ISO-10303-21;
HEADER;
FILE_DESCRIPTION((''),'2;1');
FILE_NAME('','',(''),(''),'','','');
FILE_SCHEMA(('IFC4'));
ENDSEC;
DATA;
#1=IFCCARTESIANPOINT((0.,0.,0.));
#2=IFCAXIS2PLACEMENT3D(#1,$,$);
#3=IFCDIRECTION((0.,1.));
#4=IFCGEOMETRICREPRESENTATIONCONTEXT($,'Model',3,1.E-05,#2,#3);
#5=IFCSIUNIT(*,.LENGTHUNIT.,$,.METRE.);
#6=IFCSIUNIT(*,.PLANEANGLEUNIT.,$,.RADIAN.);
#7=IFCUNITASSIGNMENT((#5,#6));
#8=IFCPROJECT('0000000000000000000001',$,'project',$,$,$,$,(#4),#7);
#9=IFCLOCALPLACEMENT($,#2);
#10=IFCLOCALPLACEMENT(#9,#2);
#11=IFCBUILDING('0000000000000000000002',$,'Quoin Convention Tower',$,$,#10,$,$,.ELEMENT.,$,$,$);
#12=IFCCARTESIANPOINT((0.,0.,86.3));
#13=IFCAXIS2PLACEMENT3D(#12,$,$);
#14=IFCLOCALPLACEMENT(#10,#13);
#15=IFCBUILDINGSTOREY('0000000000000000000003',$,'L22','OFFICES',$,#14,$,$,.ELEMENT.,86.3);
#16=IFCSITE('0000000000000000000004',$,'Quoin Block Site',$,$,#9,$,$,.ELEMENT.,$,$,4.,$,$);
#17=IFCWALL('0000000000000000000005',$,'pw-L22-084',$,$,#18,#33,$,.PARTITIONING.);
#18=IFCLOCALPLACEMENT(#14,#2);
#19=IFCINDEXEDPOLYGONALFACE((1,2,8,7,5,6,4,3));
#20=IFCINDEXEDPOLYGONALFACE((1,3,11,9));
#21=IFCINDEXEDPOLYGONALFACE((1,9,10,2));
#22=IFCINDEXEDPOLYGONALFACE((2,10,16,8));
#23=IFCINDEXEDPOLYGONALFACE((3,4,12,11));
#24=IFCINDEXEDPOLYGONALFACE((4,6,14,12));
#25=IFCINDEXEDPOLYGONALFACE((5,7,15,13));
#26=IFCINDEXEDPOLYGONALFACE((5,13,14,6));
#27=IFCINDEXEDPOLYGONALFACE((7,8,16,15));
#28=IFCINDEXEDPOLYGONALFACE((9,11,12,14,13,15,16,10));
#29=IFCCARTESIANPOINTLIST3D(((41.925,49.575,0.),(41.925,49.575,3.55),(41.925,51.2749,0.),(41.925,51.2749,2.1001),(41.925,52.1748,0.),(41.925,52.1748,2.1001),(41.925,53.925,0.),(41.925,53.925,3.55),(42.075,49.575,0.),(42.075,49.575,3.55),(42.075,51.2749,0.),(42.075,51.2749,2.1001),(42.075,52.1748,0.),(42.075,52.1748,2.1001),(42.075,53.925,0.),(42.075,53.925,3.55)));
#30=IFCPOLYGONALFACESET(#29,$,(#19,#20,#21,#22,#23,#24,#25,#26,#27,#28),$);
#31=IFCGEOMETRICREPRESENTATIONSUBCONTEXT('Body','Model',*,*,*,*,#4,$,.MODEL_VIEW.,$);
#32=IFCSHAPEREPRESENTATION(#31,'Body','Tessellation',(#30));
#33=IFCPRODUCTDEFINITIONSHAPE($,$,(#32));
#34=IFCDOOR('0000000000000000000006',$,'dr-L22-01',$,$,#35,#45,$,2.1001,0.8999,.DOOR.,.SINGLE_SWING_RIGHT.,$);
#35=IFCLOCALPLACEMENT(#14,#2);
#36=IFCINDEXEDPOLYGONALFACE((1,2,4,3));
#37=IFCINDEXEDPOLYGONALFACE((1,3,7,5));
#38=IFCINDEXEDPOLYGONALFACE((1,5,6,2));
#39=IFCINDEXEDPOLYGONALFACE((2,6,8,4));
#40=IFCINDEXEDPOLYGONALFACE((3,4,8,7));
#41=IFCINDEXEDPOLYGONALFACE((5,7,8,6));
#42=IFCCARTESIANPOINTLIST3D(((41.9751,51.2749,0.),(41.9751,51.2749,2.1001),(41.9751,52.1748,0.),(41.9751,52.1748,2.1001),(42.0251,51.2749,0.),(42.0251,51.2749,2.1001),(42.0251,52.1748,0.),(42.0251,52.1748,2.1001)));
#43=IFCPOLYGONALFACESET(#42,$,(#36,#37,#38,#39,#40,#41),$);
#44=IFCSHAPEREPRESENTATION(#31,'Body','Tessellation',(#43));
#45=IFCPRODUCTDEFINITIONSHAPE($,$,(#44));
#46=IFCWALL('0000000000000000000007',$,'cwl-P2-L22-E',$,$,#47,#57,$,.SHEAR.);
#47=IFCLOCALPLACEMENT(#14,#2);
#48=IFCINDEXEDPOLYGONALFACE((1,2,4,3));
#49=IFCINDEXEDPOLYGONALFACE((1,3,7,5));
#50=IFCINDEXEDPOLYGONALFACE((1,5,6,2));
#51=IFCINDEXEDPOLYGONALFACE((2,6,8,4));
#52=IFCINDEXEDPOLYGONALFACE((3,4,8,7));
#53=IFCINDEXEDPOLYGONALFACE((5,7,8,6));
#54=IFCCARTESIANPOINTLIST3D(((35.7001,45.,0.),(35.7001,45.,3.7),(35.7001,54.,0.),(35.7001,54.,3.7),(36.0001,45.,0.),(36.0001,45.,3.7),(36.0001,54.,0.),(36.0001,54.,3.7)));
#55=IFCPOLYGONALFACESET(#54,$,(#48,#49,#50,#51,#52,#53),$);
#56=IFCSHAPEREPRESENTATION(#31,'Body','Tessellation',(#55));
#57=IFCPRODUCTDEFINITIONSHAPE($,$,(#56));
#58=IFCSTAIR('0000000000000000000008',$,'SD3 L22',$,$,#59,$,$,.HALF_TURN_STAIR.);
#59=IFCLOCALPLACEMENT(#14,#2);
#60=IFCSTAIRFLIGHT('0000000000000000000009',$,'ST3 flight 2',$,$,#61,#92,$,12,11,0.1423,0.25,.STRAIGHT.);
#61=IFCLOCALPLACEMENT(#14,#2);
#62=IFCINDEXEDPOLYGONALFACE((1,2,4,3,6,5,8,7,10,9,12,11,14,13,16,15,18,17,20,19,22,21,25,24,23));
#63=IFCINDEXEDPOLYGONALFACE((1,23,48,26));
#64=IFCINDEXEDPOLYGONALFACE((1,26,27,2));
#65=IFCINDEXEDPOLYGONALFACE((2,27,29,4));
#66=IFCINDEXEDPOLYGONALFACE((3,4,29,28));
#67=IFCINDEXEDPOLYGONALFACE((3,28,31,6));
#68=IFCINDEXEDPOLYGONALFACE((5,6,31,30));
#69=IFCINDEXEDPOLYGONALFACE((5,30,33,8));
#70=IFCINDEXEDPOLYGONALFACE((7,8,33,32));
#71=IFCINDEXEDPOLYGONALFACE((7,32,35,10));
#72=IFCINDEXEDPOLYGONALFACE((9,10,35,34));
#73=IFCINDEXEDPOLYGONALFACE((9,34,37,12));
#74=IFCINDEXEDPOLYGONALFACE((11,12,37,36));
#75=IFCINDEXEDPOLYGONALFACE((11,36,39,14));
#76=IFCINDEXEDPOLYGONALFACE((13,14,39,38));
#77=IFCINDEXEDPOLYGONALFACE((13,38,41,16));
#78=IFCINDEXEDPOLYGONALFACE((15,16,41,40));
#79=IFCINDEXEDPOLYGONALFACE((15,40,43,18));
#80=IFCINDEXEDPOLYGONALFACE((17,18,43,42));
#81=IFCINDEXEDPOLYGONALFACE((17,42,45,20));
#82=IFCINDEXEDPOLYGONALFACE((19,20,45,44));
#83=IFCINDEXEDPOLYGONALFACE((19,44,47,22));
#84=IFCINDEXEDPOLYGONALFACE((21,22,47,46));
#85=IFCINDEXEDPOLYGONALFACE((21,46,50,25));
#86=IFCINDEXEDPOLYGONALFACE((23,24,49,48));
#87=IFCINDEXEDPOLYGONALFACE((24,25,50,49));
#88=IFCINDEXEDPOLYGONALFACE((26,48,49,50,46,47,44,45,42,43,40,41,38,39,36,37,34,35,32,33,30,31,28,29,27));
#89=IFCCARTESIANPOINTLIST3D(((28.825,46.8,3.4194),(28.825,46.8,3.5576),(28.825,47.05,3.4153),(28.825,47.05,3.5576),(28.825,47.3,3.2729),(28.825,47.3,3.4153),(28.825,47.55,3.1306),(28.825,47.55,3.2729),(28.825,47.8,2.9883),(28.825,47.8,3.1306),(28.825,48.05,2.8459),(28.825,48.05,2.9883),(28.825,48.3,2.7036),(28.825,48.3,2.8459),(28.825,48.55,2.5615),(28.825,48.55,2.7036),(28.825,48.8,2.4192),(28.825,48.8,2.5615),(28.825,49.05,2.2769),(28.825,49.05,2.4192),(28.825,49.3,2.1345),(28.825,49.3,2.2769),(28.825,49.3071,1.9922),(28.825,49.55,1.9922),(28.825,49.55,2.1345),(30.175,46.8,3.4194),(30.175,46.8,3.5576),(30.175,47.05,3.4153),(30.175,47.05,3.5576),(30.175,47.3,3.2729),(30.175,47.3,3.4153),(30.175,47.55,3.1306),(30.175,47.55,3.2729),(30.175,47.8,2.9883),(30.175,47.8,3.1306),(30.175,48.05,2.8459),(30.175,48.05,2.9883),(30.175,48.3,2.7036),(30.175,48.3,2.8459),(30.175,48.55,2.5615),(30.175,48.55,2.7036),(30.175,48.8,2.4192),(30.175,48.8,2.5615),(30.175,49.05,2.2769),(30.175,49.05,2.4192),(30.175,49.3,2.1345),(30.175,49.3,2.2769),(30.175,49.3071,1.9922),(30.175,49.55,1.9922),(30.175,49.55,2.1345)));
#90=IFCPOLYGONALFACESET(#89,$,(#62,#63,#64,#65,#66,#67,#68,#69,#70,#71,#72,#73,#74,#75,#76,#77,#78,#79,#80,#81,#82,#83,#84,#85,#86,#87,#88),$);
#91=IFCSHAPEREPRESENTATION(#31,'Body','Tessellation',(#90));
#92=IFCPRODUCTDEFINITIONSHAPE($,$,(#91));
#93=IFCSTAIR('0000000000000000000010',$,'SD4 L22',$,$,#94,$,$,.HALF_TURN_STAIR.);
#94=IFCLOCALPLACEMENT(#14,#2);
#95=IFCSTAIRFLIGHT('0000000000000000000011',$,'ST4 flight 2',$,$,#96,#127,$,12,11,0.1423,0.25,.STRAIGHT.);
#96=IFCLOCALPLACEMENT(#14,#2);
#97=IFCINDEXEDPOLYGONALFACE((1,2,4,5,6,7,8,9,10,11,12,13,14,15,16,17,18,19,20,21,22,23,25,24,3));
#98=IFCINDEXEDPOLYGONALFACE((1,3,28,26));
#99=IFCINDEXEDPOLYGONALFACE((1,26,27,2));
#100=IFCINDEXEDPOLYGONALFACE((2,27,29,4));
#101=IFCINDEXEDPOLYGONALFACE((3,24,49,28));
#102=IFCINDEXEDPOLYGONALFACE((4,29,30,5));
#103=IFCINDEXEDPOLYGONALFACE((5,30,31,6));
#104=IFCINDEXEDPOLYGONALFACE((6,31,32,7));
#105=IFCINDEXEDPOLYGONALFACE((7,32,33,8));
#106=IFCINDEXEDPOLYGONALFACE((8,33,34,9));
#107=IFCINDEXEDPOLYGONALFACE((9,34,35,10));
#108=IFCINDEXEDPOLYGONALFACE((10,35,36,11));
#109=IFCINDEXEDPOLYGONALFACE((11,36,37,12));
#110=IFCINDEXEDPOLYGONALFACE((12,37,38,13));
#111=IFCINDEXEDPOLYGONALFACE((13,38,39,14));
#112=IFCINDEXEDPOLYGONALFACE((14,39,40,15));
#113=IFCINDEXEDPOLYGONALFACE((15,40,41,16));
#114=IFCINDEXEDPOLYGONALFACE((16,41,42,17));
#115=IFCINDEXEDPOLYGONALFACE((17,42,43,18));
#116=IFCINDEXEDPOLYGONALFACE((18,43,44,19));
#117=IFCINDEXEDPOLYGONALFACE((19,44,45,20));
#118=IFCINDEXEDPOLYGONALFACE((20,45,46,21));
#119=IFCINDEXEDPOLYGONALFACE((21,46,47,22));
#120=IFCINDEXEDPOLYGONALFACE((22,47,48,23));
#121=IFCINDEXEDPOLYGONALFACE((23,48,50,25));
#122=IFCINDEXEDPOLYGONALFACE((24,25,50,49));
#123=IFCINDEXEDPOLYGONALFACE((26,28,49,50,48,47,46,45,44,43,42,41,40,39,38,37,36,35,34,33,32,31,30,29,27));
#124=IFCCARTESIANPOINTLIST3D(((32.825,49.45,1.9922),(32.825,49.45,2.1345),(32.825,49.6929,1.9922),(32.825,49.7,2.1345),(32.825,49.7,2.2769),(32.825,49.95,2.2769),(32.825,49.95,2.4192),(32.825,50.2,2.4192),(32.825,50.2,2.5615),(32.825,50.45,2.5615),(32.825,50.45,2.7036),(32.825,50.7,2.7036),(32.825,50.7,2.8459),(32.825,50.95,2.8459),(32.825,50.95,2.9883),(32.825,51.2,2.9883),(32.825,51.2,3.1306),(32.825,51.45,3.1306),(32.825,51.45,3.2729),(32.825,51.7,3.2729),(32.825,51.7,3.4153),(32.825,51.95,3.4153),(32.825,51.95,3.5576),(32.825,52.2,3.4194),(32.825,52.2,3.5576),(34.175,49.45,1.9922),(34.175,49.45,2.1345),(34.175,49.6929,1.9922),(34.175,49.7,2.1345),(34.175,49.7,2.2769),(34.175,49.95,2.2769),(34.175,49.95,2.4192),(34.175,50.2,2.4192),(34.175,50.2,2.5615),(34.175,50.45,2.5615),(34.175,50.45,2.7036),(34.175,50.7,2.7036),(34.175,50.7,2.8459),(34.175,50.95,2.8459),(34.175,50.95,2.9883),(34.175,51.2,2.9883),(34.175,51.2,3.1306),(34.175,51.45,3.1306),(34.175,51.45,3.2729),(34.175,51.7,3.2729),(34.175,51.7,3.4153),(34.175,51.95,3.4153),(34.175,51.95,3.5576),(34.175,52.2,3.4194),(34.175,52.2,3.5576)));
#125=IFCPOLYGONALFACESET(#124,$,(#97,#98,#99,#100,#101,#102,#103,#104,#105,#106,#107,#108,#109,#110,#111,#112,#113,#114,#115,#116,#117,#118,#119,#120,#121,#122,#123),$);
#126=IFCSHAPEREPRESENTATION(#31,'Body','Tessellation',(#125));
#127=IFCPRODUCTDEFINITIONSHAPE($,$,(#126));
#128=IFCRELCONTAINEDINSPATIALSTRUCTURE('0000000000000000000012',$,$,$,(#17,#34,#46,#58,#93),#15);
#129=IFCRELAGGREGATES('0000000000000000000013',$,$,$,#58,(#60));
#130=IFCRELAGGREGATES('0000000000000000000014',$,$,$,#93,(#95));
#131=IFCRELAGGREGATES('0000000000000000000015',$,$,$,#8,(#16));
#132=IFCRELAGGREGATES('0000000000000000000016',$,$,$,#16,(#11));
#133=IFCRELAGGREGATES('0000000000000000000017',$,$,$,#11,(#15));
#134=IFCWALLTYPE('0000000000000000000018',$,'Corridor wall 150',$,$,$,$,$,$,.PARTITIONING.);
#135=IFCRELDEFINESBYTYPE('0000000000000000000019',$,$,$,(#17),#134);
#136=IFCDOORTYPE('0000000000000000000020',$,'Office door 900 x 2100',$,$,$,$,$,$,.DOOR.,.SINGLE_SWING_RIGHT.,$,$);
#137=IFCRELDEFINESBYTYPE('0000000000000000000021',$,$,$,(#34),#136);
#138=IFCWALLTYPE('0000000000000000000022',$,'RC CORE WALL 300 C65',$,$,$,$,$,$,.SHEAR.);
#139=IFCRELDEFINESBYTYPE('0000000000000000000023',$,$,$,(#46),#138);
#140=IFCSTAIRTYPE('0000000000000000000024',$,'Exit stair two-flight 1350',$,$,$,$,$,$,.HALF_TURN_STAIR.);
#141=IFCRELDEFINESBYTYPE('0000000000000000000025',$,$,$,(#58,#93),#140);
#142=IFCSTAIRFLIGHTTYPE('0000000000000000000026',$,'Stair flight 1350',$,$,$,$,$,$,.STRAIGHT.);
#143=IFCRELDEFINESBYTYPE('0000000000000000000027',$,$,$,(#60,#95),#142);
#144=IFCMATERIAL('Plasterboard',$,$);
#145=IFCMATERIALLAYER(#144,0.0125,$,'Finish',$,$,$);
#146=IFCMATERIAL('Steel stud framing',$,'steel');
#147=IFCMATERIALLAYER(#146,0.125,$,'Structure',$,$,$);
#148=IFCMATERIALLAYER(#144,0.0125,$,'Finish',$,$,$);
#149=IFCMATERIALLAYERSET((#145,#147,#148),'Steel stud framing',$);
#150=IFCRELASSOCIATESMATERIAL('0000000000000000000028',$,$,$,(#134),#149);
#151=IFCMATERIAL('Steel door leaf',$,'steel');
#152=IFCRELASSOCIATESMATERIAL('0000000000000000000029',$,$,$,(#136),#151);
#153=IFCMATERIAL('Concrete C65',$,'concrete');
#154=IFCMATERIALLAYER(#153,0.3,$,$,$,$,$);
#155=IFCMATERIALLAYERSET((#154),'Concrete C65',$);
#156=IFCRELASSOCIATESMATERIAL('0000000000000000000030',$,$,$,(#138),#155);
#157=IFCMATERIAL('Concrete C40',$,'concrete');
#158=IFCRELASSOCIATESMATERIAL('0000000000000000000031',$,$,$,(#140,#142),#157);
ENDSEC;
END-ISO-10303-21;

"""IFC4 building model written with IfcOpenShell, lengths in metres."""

from ifc_helpers import new_model, si_unit, direction, frame, frame_2d, origin, place, context, subcontext, project, spatial, polyline, rectangle, outline, extrude, material, layer, layer_set, type_object, element, fill, aggregate, save


model = new_model("IFC4")

# Units and contexts
model_context = context("Model", 3, precision=1e-05, world=origin(), true_north=direction((0.0, 1.0)))
body_context = subcontext(model_context, "Body", "Model", "MODEL_VIEW")
ifc_project = project(units=[si_unit("LENGTHUNIT", "METRE"), si_unit("PLANEANGLEUNIT", "RADIAN")], contexts=[model_context])

# Site, building, storey
site_placement = place(None, origin())
site = spatial("IfcSite", under=ifc_project, at=site_placement, Name="Quoin Block Site", CompositionType="ELEMENT", RefElevation=4.0)
building_placement = place(site_placement, origin())
building = spatial("IfcBuilding", under=site, at=building_placement, Name="Quoin Convention Tower", CompositionType="ELEMENT")
storey_placement = place(building_placement, frame((0.0, 0.0, 86.3)))
storey = spatial("IfcBuildingStorey", under=building, at=storey_placement, Name="L22", Description="OFFICES", CompositionType="ELEMENT", Elevation=86.3)

# Shared definitions
ifc_material_1 = material(Name="Concrete C65", Category="concrete")

# Shared definitions
ifc_material_2 = material(Name="Plasterboard")
ifc_layer_1 = layer(ifc_material_2, 0.0125, Name="Finish")
ifc_material_3 = material(Name="Steel stud framing", Category="steel")
ifc_layer_2 = layer(ifc_material_3, 0.125, Name="Structure")
ifc_layer_3 = layer(ifc_material_2, 0.0125, Name="Finish")
ifc_layer_set_1 = layer_set([ifc_layer_1, ifc_layer_2, ifc_layer_3], Name="Steel stud framing")
wall_type_1 = type_object("IfcWallType", Name="Corridor wall 150", PredefinedType="PARTITIONING", material=ifc_layer_set_1)

# Wall, opening, door
ifc_material_4 = material(Name="Steel door leaf", Category="steel")
door_type = type_object("IfcDoorType", Name="Office door 900 x 2100", OperationType="SINGLE_SWING_RIGHT", PredefinedType="DOOR", material=ifc_material_4)
wall_1_placement = place(storey_placement, frame((42.0, 49.575, 0.0), z_axis=(0.0, 0.0, 1.0), x_axis=(0.0, 1.0, 0.0)))
wall_1 = element("IfcWall", 1, at=wall_1_placement, inside=storey, type_object=wall_type_1, Name="pw-L22-084", PredefinedType="PARTITIONING", context=body_context, shape_type="SweptSolid", body=[
    extrude(rectangle(XDim=4.3501, YDim=0.1499, at=frame_2d((2.175, 0.0))), origin(), (0.0, 0.0, 1.0), 3.55),
])
opening_1_placement = place(wall_1_placement, frame((1.7, 0.0, 0.0)))
opening_1 = element("IfcOpeningElement", 2, at=opening_1_placement, cuts=wall_1, PredefinedType="OPENING", context=body_context, shape_type="SweptSolid", body=[
    extrude(rectangle(XDim=0.8999, YDim=2.1001, at=frame_2d((0.45, 1.05))), frame((0.0, 0.085, 0.0), z_axis=(0.0, -1.0, 0.0), x_axis=(1.0, 0.0, 0.0)), (0.0, 0.0, 1.0), 0.1699),
])
door_1_placement = place(opening_1_placement, origin())
door_1 = element("IfcDoor", 3, at=door_1_placement, inside=storey, type_object=door_type, Name="dr-L22-01", OperationType="SINGLE_SWING_RIGHT", OverallHeight=2.1001, OverallWidth=0.8999, PredefinedType="DOOR", context=body_context, shape_type="SweptSolid", body=[
    extrude(rectangle(XDim=0.8999, YDim=2.1001, at=frame_2d((0.45, 1.05))), frame((0.0, 0.0249, 0.0), z_axis=(0.0, -1.0, 0.0), x_axis=(1.0, 0.0, 0.0)), (0.0, 0.0, 1.0), 0.05),
])
fill(opening_1, door_1)

# Wall
ifc_layer_4 = layer(ifc_material_1, 0.3)
ifc_layer_set_2 = layer_set([ifc_layer_4], Name="Concrete C65")
wall_type_2 = type_object("IfcWallType", Name="RC CORE WALL 300 C65", PredefinedType="SHEAR", material=ifc_layer_set_2)
wall_2_placement = place(storey_placement, frame((35.8501, 45.0, 0.0), z_axis=(0.0, 0.0, 1.0), x_axis=(0.0, 1.0, 0.0)))
element("IfcWall", 4, at=wall_2_placement, inside=storey, type_object=wall_type_2, Name="cwl-P2-L22-E", PredefinedType="SHEAR", context=body_context, shape_type="SweptSolid", body=[
    extrude(rectangle(XDim=9.0, YDim=0.3, at=frame_2d((4.5, 0.0))), origin(), (0.0, 0.0, 1.0), 3.7),
])

# Stairs, stair flights
ifc_material_5 = material(Name="Concrete C40", Category="concrete")
stair_type = type_object("IfcStairType", Name="Exit stair two-flight 1350", PredefinedType="HALF_TURN_STAIR", material=ifc_material_5)
stair_1_placement = place(storey_placement, origin())
stair_1 = element("IfcStair", 5, at=stair_1_placement, inside=storey, type_object=stair_type, Name="SD3 L22", PredefinedType="HALF_TURN_STAIR")
stair_flight_type = type_object("IfcStairFlightType", Name="Stair flight 1350", PredefinedType="STRAIGHT", material=ifc_material_5)
stair_flight_1_placement = place(storey_placement, frame((29.5, 49.55, 1.9922), z_axis=(0.0, 0.0, 1.0), x_axis=(0.0, -1.0, 0.0)))
stair_flight_1 = element("IfcStairFlight", 6, at=stair_flight_1_placement, type_object=stair_flight_type, Name="ST3 flight 2", NumberOfRisers=12, NumberOfTreads=11, PredefinedType="STRAIGHT", RiserHeight=0.1423, TreadLength=0.25, context=body_context, shape_type="SweptSolid", body=[
    extrude(outline(polyline([(0.0, 0.0), (0.0, 0.1423), (0.25, 0.1423), (0.25, 0.2847), (0.5, 0.2847), (0.5, 0.427), (0.75, 0.427), (0.75, 0.5693), (1.0, 0.5693), (1.0, 0.7114), (1.25, 0.7114), (1.25, 0.8538), (1.5, 0.8538), (1.5, 0.9961), (1.75, 0.9961), (1.75, 1.1384), (2.0, 1.1384), (2.0, 1.2808), (2.25, 1.2808), (2.25, 1.4231), (2.5, 1.4231), (2.5, 1.5654), (2.75, 1.5654), (2.75, 1.7078), (2.75, 1.4272), (0.2429, 0.0), (0.0, 0.0)])), frame((0.0, 0.675, 0.0), z_axis=(0.0, -1.0, 0.0), x_axis=(1.0, 0.0, 0.0)), (0.0, 0.0, 1.0), 1.3501),
])
aggregate(stair_1, [stair_flight_1])
stair_2_placement = place(storey_placement, origin())
stair_2 = element("IfcStair", 7, at=stair_2_placement, inside=storey, type_object=stair_type, Name="SD4 L22", PredefinedType="HALF_TURN_STAIR")
stair_flight_2_placement = place(storey_placement, frame((33.5, 49.45, 1.9922), z_axis=(0.0, 0.0, 1.0), x_axis=(0.0, 1.0, 0.0)))
stair_flight_2 = element("IfcStairFlight", 8, at=stair_flight_2_placement, type_object=stair_flight_type, Name="ST4 flight 2", NumberOfRisers=12, NumberOfTreads=11, PredefinedType="STRAIGHT", RiserHeight=0.1423, TreadLength=0.25, context=body_context, shape_type="SweptSolid", body=[
    extrude(outline(polyline([(0.0, 0.0), (0.0, 0.1423), (0.25, 0.1423), (0.25, 0.2847), (0.5, 0.2847), (0.5, 0.427), (0.75, 0.427), (0.75, 0.5693), (1.0, 0.5693), (1.0, 0.7114), (1.25, 0.7114), (1.25, 0.8538), (1.5, 0.8538), (1.5, 0.9961), (1.75, 0.9961), (1.75, 1.1384), (2.0, 1.1384), (2.0, 1.2808), (2.25, 1.2808), (2.25, 1.4231), (2.5, 1.4231), (2.5, 1.5654), (2.75, 1.5654), (2.75, 1.7078), (2.75, 1.4272), (0.2429, 0.0), (0.0, 0.0)])), frame((0.0, 0.675, 0.0), z_axis=(0.0, -1.0, 0.0), x_axis=(1.0, 0.0, 0.0)), (0.0, 0.0, 1.0), 1.3501),
])
aggregate(stair_2, [stair_flight_2])

save(model, "model.ifc")
